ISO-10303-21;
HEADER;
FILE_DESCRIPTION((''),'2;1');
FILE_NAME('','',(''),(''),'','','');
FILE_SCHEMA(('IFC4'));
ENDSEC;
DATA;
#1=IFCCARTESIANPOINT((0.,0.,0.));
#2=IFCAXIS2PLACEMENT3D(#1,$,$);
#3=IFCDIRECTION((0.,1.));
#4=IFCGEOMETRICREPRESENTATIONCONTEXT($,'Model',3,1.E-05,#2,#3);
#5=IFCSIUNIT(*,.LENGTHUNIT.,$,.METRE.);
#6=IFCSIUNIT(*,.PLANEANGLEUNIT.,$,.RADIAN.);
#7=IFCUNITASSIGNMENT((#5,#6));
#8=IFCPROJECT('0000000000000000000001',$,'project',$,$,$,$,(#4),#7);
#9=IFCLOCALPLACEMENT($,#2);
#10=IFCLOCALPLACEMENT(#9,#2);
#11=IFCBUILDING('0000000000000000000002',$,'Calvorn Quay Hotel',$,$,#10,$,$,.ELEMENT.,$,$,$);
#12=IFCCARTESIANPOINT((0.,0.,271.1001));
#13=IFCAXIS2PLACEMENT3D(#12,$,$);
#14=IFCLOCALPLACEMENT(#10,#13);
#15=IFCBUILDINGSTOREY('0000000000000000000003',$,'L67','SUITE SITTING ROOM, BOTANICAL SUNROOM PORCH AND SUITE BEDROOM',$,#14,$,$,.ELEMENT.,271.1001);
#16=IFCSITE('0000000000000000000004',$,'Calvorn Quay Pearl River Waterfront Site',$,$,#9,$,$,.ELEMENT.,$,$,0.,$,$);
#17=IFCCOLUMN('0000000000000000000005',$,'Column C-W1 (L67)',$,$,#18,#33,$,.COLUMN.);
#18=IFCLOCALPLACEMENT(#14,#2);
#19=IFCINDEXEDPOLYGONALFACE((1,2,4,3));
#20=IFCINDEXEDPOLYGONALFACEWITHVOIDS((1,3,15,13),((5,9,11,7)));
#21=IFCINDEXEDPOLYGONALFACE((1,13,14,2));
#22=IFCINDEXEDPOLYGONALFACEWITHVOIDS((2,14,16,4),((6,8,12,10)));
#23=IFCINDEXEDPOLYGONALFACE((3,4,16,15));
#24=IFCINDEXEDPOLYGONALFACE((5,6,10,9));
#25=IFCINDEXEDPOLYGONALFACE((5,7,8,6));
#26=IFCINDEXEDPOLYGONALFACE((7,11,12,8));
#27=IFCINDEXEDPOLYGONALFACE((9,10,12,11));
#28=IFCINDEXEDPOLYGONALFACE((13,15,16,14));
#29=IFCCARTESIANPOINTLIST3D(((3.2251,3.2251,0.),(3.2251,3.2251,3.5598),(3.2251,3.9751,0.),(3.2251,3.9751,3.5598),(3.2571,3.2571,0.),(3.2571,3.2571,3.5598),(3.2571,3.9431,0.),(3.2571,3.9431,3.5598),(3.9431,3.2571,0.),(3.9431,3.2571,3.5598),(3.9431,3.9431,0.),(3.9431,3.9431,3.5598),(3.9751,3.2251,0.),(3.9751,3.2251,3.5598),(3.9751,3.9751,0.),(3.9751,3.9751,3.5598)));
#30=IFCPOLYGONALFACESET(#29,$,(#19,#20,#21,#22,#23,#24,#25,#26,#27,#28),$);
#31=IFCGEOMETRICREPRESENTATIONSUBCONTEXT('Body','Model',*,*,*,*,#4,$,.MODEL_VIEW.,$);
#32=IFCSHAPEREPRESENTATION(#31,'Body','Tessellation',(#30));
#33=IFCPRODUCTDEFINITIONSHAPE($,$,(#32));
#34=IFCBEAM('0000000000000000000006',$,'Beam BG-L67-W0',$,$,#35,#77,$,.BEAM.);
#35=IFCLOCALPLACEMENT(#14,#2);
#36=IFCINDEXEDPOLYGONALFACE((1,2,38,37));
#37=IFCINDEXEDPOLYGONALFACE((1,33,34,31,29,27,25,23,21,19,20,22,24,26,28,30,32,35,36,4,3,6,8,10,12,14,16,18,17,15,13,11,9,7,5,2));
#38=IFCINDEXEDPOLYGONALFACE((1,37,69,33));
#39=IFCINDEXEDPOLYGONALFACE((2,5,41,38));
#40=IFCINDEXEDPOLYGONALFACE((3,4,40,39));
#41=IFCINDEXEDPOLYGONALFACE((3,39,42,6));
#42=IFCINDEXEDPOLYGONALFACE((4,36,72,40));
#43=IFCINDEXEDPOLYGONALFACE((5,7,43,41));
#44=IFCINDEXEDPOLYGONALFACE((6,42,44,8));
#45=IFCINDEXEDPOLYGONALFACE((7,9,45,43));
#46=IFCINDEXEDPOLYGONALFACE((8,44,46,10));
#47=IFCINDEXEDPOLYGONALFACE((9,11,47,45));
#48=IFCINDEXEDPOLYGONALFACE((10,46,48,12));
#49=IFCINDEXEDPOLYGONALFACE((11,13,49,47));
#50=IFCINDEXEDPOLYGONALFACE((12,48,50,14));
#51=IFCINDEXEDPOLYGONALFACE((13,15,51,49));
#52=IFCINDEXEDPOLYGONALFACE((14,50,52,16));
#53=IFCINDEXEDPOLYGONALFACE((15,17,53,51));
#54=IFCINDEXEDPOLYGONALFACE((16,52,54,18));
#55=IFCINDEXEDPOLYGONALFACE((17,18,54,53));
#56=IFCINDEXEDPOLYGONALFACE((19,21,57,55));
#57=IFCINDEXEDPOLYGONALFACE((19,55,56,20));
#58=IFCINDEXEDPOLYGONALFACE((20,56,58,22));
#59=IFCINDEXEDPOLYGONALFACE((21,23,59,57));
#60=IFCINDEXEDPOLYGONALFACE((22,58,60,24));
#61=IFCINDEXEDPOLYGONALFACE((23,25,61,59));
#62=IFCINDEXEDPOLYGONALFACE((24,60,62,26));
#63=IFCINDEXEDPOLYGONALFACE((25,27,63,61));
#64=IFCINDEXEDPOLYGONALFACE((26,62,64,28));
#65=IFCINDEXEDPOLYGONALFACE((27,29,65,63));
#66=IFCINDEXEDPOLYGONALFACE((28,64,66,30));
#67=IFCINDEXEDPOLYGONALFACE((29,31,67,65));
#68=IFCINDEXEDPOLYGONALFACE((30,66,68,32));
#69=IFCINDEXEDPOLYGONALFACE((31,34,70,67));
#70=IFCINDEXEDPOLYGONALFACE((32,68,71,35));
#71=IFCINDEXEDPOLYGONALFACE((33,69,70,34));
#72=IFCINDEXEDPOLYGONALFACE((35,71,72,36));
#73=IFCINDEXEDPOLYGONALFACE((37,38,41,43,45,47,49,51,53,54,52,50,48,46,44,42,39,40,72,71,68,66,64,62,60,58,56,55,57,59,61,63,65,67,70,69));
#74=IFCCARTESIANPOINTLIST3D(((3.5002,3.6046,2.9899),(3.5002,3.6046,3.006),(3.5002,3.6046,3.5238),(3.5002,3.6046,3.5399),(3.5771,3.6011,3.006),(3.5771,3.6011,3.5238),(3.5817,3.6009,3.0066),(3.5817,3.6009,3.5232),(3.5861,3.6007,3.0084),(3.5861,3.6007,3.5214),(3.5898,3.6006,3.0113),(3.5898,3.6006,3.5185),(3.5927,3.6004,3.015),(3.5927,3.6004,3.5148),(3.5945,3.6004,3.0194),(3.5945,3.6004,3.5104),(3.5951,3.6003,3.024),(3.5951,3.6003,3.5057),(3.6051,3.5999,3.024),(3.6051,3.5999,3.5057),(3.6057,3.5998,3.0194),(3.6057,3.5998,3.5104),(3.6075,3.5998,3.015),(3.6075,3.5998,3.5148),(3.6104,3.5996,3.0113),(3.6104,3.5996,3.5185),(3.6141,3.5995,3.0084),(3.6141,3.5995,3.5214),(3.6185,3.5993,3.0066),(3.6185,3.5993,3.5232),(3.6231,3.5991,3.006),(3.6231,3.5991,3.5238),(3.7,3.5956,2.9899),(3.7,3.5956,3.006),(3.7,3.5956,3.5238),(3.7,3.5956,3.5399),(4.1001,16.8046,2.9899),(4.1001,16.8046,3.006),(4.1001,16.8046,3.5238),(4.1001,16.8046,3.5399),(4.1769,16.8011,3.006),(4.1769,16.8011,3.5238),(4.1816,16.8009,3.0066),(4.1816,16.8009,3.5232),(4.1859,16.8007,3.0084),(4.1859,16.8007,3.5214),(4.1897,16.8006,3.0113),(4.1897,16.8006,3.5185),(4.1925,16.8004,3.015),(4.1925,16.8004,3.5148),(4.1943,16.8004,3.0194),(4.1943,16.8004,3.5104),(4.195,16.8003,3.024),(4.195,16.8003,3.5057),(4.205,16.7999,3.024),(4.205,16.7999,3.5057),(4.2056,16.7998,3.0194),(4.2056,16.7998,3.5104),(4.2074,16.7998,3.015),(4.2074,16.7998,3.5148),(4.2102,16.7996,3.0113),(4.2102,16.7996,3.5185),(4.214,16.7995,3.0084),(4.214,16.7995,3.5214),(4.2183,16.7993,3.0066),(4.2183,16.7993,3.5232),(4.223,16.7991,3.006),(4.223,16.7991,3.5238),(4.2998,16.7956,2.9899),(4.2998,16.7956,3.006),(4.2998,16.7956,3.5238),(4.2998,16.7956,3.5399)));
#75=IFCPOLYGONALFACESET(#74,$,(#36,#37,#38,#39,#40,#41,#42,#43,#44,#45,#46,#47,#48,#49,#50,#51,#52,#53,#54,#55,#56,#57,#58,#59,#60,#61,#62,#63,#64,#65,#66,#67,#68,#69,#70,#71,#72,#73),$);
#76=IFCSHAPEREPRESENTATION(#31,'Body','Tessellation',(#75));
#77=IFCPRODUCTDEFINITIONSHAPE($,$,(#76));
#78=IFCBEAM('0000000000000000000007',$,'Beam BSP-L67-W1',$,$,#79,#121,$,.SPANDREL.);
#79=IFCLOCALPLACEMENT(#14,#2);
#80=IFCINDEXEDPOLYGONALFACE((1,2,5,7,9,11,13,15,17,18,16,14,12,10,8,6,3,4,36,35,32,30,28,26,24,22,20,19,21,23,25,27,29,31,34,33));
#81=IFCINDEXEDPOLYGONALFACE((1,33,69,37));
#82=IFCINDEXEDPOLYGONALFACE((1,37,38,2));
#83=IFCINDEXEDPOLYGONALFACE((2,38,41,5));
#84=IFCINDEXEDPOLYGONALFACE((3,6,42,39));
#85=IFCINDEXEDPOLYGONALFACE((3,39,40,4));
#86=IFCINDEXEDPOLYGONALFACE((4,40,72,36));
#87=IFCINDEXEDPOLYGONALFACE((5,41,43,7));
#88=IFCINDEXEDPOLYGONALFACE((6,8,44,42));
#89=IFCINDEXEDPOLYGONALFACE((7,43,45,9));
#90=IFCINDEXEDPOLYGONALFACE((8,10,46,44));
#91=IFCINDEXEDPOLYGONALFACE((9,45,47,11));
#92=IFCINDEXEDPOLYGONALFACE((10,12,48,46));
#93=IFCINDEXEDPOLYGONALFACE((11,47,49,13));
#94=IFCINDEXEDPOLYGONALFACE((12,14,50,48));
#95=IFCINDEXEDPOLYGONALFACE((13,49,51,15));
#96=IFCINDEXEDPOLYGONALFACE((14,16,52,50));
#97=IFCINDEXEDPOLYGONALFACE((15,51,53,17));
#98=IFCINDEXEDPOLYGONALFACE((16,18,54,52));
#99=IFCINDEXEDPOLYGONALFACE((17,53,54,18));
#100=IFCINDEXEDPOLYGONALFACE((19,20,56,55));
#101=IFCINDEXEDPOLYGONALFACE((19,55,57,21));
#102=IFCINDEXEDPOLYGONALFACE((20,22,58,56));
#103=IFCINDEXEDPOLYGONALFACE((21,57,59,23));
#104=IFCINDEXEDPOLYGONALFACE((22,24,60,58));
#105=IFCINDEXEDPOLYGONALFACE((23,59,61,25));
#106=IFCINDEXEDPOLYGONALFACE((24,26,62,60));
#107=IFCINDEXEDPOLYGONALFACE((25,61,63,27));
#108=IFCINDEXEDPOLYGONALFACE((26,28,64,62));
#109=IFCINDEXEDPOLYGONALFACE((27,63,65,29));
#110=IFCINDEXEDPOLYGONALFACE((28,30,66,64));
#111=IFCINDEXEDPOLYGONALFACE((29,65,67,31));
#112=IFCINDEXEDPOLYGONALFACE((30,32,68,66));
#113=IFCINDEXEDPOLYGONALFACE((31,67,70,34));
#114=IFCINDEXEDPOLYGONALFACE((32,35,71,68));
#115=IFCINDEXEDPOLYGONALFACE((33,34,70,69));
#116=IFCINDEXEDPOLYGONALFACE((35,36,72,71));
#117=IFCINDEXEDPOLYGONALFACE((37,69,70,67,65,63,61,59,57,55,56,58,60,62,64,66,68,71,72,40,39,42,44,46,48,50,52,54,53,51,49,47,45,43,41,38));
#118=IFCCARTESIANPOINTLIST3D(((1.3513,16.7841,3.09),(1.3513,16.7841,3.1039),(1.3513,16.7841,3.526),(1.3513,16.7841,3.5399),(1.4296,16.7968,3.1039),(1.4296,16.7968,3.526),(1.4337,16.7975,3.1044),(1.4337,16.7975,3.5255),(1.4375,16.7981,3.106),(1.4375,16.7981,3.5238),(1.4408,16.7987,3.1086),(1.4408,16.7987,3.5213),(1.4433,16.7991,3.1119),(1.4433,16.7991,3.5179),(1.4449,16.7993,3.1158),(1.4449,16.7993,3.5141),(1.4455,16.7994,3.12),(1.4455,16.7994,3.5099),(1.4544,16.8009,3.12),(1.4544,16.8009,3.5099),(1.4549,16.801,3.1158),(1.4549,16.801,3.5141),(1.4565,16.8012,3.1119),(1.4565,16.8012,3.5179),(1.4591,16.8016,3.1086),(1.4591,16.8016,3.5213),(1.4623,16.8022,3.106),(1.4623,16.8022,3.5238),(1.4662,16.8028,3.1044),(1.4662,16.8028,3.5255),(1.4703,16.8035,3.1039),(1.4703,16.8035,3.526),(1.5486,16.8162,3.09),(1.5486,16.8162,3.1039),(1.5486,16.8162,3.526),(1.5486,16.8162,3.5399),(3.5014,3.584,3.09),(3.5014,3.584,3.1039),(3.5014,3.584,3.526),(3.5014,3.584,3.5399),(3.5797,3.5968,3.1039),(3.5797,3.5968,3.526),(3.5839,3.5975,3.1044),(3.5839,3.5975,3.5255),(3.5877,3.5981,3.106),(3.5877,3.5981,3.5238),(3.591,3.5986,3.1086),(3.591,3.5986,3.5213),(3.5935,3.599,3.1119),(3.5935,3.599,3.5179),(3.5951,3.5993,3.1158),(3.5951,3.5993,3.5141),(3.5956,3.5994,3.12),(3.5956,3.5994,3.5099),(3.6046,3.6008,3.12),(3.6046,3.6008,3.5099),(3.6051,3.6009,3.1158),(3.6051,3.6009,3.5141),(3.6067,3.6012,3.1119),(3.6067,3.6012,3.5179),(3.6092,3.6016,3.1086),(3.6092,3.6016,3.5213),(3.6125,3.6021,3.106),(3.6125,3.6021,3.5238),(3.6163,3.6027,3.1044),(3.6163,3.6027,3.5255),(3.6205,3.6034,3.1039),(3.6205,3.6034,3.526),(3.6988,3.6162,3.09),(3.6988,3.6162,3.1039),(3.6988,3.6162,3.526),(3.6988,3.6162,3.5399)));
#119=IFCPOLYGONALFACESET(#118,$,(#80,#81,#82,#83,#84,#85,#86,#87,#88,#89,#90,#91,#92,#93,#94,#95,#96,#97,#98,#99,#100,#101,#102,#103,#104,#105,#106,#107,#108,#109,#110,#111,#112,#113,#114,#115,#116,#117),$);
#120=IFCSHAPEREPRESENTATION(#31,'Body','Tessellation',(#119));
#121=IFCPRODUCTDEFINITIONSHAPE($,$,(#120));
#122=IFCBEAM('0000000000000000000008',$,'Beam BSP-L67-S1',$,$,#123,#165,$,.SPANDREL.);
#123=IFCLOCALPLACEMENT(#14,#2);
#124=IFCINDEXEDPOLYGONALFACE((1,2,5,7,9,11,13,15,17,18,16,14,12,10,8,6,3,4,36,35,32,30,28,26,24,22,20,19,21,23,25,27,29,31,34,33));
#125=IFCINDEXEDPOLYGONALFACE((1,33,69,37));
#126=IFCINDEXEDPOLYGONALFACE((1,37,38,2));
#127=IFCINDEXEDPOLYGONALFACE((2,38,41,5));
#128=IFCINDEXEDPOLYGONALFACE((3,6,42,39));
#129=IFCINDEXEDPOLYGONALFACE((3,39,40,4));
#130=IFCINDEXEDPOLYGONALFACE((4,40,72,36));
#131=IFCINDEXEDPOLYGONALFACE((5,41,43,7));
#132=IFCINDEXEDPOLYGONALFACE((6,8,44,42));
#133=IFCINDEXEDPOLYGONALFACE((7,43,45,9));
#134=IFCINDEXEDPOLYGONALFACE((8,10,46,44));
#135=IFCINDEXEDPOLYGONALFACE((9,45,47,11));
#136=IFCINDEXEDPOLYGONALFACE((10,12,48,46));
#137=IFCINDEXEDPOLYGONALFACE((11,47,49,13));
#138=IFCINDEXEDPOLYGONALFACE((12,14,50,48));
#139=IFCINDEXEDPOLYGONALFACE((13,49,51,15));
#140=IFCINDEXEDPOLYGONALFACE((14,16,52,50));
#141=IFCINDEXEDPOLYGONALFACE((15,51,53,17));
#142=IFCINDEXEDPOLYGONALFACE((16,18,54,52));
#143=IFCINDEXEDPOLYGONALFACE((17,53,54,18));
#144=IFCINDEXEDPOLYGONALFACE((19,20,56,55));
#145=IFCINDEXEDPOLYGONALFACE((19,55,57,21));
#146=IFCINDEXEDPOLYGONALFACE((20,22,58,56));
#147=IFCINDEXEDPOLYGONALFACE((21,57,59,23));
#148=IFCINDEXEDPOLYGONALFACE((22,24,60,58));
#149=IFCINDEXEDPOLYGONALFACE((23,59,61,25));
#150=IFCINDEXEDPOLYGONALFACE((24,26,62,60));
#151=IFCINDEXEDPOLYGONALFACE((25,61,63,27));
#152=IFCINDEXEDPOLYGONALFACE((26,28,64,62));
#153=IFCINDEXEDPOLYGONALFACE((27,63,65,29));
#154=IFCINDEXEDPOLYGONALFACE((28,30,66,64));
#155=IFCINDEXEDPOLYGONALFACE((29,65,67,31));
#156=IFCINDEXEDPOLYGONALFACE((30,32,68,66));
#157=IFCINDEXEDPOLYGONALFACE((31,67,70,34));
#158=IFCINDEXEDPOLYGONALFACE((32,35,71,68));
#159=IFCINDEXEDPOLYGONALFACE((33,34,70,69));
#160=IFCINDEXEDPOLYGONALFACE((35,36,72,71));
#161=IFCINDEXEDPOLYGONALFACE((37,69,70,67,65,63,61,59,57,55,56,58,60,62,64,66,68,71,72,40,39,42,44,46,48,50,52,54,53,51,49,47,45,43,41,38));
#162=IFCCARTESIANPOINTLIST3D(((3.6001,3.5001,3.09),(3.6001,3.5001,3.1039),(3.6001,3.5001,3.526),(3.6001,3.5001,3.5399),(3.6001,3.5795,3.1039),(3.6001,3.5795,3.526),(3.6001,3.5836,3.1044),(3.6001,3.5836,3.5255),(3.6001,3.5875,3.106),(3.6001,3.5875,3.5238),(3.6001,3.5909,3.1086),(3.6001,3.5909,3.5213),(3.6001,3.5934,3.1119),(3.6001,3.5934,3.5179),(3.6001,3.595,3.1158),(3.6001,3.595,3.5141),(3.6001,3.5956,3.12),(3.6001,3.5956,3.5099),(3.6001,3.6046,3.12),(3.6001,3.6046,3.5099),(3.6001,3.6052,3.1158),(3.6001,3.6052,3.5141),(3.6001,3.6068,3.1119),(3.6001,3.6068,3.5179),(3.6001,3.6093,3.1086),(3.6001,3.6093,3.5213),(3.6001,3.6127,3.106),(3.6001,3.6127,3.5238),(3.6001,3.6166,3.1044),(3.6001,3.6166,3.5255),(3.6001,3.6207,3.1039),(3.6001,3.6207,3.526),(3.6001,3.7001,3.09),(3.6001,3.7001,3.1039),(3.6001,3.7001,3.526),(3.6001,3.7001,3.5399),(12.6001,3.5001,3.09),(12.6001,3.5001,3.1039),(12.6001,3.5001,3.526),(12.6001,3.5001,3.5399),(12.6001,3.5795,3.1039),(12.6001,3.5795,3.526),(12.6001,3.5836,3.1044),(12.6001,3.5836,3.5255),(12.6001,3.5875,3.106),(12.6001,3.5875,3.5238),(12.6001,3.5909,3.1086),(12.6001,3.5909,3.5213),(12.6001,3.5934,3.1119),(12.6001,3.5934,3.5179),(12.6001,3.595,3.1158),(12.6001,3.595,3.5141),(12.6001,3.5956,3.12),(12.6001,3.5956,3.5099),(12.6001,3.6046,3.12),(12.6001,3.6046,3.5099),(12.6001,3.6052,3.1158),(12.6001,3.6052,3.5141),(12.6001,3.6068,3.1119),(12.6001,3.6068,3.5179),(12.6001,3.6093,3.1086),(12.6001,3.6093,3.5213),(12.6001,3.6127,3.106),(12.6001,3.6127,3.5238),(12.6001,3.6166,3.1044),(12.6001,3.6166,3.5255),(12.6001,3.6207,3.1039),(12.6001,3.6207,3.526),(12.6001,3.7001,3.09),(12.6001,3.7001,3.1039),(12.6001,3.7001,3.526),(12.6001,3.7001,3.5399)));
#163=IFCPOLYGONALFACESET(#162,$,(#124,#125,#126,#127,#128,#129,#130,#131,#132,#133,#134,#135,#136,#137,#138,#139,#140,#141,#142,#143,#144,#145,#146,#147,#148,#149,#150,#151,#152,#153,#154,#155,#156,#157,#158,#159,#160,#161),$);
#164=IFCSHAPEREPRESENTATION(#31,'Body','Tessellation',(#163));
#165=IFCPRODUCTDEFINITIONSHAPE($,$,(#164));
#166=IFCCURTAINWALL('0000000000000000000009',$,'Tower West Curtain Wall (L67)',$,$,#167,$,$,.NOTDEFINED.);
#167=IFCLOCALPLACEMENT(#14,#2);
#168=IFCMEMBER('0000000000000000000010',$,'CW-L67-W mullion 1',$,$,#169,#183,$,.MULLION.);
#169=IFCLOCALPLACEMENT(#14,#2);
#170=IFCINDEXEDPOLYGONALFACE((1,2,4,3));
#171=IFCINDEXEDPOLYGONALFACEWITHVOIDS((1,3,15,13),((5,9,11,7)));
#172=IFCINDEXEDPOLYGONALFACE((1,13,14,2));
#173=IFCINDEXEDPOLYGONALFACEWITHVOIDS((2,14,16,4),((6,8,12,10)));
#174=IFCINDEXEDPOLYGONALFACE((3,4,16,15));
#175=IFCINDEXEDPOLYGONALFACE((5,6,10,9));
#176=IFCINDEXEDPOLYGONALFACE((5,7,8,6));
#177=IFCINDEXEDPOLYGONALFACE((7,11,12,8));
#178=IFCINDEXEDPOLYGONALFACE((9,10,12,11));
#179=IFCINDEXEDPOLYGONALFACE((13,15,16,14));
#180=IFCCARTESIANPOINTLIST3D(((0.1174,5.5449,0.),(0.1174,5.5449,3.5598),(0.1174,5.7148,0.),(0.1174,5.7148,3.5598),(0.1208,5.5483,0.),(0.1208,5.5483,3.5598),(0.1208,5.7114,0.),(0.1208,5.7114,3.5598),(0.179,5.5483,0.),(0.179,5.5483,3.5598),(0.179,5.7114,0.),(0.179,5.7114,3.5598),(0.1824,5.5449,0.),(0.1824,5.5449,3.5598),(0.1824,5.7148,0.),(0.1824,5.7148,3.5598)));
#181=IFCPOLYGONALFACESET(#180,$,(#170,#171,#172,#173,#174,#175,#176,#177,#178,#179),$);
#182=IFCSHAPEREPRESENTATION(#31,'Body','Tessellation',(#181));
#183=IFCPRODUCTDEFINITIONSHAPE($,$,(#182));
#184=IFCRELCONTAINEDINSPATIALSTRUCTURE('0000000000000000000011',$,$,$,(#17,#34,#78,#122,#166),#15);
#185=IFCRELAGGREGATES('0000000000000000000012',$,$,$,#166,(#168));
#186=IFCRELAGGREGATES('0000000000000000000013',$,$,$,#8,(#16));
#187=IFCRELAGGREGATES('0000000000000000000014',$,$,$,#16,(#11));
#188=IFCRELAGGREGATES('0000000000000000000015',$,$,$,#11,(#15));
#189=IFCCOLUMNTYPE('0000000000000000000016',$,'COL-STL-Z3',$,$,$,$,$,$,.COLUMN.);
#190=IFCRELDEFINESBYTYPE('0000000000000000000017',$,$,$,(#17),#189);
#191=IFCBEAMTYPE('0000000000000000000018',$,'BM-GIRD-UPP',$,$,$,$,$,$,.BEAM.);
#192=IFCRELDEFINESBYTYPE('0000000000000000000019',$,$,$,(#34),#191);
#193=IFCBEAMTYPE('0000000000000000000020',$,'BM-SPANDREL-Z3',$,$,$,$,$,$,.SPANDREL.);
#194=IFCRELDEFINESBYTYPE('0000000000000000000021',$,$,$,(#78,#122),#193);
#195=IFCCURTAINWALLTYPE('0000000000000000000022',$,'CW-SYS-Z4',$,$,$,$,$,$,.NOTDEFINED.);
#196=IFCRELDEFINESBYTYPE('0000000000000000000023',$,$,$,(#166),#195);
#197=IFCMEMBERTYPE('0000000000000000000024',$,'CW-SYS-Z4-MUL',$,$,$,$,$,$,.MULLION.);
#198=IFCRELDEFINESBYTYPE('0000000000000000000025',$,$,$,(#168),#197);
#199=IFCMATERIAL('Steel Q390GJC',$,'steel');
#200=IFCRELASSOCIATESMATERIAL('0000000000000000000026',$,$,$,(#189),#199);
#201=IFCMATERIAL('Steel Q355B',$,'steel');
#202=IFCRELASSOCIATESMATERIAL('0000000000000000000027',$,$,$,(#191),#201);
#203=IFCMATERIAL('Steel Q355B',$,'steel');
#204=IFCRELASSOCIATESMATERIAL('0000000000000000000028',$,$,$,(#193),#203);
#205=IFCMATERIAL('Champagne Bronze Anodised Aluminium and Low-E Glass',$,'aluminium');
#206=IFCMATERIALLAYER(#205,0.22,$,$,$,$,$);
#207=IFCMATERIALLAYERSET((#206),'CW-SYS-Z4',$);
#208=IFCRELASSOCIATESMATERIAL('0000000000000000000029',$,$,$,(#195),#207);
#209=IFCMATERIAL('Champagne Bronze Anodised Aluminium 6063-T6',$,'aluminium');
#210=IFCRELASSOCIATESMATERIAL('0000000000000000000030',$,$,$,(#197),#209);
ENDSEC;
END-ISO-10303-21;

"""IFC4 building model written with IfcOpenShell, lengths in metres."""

from ifc_helpers import new_model, si_unit, direction, frame, origin, origin_2d, place, context, subcontext, project, spatial, hollow_rectangle, i_section, extrude, material, layer, layer_set, material_profile, profile_set, type_object, element, aggregate, save


model = new_model("IFC4")

# Units and contexts
model_context = context("Model", 3, precision=1e-05, world=origin(), true_north=direction((0.0, 1.0)))
body_context = subcontext(model_context, "Body", "Model", "MODEL_VIEW")
ifc_project = project(units=[si_unit("LENGTHUNIT", "METRE"), si_unit("PLANEANGLEUNIT", "RADIAN")], contexts=[model_context])

# Site, building, storey
site_placement = place(None, origin())
site = spatial("IfcSite", under=ifc_project, at=site_placement, Name="Calvorn Quay Pearl River Waterfront Site", CompositionType="ELEMENT", RefElevation=0.0)
building_placement = place(site_placement, origin())
building = spatial("IfcBuilding", under=site, at=building_placement, Name="Calvorn Quay Hotel", CompositionType="ELEMENT")
storey_placement = place(building_placement, frame((0.0, 0.0, 271.1001)))
storey = spatial("IfcBuildingStorey", under=building, at=storey_placement, Name="L67", Description="SUITE SITTING ROOM, BOTANICAL SUNROOM PORCH AND SUITE BEDROOM", CompositionType="ELEMENT", Elevation=271.1001)

# Column
ifc_material_1 = material(Name="Steel Q390GJC", Category="steel")
ifc_material_profile_1 = material_profile(ifc_material_1, hollow_rectangle(XDim=0.75, YDim=0.75, WallThickness=0.032, at=origin_2d()), Name="BOX750x750x32")
ifc_profile_set_1 = profile_set([ifc_material_profile_1], Name="Steel Q390GJC")
column_type = type_object("IfcColumnType", Name="COL-STL-Z3", PredefinedType="COLUMN", material=ifc_profile_set_1)
column_placement = place(storey_placement, frame((3.6001, 3.6001, 0.0), z_axis=(0.0, 0.0, 1.0), x_axis=(1.0, 0.0, 0.0)))
element("IfcColumn", 1, at=column_placement, inside=storey, type_object=column_type, Name="Column C-W1 (L67)", PredefinedType="COLUMN", context=body_context, shape_type="SweptSolid", body=[
    extrude(hollow_rectangle(XDim=0.75, YDim=0.75, WallThickness=0.032, at=origin_2d()), origin(), (0.0, 0.0, 1.0), 3.5598),
])

# Beams
ifc_material_2 = material(Name="Steel Q355B", Category="steel")
ifc_material_profile_2 = material_profile(ifc_material_2, i_section(OverallWidth=0.2, OverallDepth=0.55, WebThickness=0.01, FlangeThickness=0.0161, FilletRadius=0.0181, at=origin_2d()), Name="HN550x200x10x16")
ifc_profile_set_2 = profile_set([ifc_material_profile_2], Name="Steel Q355B")
beam_type_1 = type_object("IfcBeamType", Name="BM-GIRD-UPP", PredefinedType="BEAM", material=ifc_profile_set_2)
beam_1_placement = place(storey_placement, frame((3.6001, 3.6001, 3.2649), z_axis=(0.045397, 0.998969, 0.0), x_axis=(-0.998969, 0.045397, 0.0)))
element("IfcBeam", 2, at=beam_1_placement, inside=storey, type_object=beam_type_1, Name="Beam BG-L67-W0", PredefinedType="BEAM", context=body_context, shape_type="SweptSolid", body=[
    extrude(i_section(OverallWidth=0.2, OverallDepth=0.55, WebThickness=0.01, FlangeThickness=0.0161, FilletRadius=0.0181, at=origin_2d()), origin(), (0.0, 0.0, 1.0), 13.2136),
])
ifc_material_3 = material(Name="Steel Q355B", Category="steel")
ifc_material_profile_3 = material_profile(ifc_material_3, i_section(OverallWidth=0.2, OverallDepth=0.45, WebThickness=0.009, FlangeThickness=0.0139, FilletRadius=0.0161, at=origin_2d()), Name="HN450x200x9x14")
ifc_profile_set_3 = profile_set([ifc_material_profile_3], Name="Steel Q355B")
beam_type_2 = type_object("IfcBeamType", Name="BM-SPANDREL-Z3", PredefinedType="SPANDREL", material=ifc_profile_set_3)
beam_2_placement = place(storey_placement, frame((3.6001, 3.6001, 3.3149), z_axis=(-0.160772, 0.986992, 0.0), x_axis=(-0.986992, -0.160772, 0.0)))
element("IfcBeam", 3, at=beam_2_placement, inside=storey, type_object=beam_type_2, Name="Beam BSP-L67-W1", PredefinedType="SPANDREL", context=body_context, shape_type="SweptSolid", body=[
    extrude(i_section(OverallWidth=0.2, OverallDepth=0.45, WebThickness=0.009, FlangeThickness=0.0139, FilletRadius=0.0161, at=origin_2d()), origin(), (0.0, 0.0, 1.0), 13.374),
])
beam_3_placement = place(storey_placement, frame((3.6001, 3.6001, 3.3149), z_axis=(1.0, 0.0, 0.0), x_axis=(0.0, 1.0, 0.0)))
element("IfcBeam", 4, at=beam_3_placement, inside=storey, type_object=beam_type_2, Name="Beam BSP-L67-S1", PredefinedType="SPANDREL", context=body_context, shape_type="SweptSolid", body=[
    extrude(i_section(OverallWidth=0.2, OverallDepth=0.45, WebThickness=0.009, FlangeThickness=0.0139, FilletRadius=0.0161, at=origin_2d()), origin(), (0.0, 0.0, 1.0), 9.0),
])

# Curtain wall, member
ifc_material_4 = material(Name="Champagne Bronze Anodised Aluminium and Low-E Glass", Category="aluminium")
ifc_layer_1 = layer(ifc_material_4, 0.22)
ifc_layer_set_1 = layer_set([ifc_layer_1], Name="CW-SYS-Z4")
curtain_wall_type = type_object("IfcCurtainWallType", Name="CW-SYS-Z4", PredefinedType="NOTDEFINED", material=ifc_layer_set_1)
curtain_wall_placement = place(storey_placement, origin())
curtain_wall = element("IfcCurtainWall", 5, at=curtain_wall_placement, inside=storey, type_object=curtain_wall_type, Name="Tower West Curtain Wall (L67)", PredefinedType="NOTDEFINED")
ifc_material_5 = material(Name="Champagne Bronze Anodised Aluminium 6063-T6", Category="aluminium")
ifc_material_profile_4 = material_profile(ifc_material_5, hollow_rectangle(XDim=0.0649, YDim=0.1699, WallThickness=0.0034, at=origin_2d()), Name="ALU-M170x65x3.5")
ifc_profile_set_4 = profile_set([ifc_material_profile_4], Name="Champagne Bronze Anodised Aluminium 6063-T6")
member_type_1 = type_object("IfcMemberType", Name="CW-SYS-Z4-MUL", PredefinedType="MULLION", material=ifc_profile_set_4)
member_1_placement = place(storey_placement, frame((0.1499, 5.6299, 0.0), z_axis=(0.0, 0.0, 1.0), x_axis=(-1.0, 0.0, 0.0)))
member_1 = element("IfcMember", 6, at=member_1_placement, type_object=member_type_1, Name="CW-L67-W mullion 1", PredefinedType="MULLION", context=body_context, shape_type="SweptSolid", body=[
    extrude(hollow_rectangle(XDim=0.0649, YDim=0.1699, WallThickness=0.0034, at=origin_2d()), origin(), (0.0, 0.0, 1.0), 3.5598),
])
aggregate(curtain_wall, [member_1])

save(model, "model.ifc")
